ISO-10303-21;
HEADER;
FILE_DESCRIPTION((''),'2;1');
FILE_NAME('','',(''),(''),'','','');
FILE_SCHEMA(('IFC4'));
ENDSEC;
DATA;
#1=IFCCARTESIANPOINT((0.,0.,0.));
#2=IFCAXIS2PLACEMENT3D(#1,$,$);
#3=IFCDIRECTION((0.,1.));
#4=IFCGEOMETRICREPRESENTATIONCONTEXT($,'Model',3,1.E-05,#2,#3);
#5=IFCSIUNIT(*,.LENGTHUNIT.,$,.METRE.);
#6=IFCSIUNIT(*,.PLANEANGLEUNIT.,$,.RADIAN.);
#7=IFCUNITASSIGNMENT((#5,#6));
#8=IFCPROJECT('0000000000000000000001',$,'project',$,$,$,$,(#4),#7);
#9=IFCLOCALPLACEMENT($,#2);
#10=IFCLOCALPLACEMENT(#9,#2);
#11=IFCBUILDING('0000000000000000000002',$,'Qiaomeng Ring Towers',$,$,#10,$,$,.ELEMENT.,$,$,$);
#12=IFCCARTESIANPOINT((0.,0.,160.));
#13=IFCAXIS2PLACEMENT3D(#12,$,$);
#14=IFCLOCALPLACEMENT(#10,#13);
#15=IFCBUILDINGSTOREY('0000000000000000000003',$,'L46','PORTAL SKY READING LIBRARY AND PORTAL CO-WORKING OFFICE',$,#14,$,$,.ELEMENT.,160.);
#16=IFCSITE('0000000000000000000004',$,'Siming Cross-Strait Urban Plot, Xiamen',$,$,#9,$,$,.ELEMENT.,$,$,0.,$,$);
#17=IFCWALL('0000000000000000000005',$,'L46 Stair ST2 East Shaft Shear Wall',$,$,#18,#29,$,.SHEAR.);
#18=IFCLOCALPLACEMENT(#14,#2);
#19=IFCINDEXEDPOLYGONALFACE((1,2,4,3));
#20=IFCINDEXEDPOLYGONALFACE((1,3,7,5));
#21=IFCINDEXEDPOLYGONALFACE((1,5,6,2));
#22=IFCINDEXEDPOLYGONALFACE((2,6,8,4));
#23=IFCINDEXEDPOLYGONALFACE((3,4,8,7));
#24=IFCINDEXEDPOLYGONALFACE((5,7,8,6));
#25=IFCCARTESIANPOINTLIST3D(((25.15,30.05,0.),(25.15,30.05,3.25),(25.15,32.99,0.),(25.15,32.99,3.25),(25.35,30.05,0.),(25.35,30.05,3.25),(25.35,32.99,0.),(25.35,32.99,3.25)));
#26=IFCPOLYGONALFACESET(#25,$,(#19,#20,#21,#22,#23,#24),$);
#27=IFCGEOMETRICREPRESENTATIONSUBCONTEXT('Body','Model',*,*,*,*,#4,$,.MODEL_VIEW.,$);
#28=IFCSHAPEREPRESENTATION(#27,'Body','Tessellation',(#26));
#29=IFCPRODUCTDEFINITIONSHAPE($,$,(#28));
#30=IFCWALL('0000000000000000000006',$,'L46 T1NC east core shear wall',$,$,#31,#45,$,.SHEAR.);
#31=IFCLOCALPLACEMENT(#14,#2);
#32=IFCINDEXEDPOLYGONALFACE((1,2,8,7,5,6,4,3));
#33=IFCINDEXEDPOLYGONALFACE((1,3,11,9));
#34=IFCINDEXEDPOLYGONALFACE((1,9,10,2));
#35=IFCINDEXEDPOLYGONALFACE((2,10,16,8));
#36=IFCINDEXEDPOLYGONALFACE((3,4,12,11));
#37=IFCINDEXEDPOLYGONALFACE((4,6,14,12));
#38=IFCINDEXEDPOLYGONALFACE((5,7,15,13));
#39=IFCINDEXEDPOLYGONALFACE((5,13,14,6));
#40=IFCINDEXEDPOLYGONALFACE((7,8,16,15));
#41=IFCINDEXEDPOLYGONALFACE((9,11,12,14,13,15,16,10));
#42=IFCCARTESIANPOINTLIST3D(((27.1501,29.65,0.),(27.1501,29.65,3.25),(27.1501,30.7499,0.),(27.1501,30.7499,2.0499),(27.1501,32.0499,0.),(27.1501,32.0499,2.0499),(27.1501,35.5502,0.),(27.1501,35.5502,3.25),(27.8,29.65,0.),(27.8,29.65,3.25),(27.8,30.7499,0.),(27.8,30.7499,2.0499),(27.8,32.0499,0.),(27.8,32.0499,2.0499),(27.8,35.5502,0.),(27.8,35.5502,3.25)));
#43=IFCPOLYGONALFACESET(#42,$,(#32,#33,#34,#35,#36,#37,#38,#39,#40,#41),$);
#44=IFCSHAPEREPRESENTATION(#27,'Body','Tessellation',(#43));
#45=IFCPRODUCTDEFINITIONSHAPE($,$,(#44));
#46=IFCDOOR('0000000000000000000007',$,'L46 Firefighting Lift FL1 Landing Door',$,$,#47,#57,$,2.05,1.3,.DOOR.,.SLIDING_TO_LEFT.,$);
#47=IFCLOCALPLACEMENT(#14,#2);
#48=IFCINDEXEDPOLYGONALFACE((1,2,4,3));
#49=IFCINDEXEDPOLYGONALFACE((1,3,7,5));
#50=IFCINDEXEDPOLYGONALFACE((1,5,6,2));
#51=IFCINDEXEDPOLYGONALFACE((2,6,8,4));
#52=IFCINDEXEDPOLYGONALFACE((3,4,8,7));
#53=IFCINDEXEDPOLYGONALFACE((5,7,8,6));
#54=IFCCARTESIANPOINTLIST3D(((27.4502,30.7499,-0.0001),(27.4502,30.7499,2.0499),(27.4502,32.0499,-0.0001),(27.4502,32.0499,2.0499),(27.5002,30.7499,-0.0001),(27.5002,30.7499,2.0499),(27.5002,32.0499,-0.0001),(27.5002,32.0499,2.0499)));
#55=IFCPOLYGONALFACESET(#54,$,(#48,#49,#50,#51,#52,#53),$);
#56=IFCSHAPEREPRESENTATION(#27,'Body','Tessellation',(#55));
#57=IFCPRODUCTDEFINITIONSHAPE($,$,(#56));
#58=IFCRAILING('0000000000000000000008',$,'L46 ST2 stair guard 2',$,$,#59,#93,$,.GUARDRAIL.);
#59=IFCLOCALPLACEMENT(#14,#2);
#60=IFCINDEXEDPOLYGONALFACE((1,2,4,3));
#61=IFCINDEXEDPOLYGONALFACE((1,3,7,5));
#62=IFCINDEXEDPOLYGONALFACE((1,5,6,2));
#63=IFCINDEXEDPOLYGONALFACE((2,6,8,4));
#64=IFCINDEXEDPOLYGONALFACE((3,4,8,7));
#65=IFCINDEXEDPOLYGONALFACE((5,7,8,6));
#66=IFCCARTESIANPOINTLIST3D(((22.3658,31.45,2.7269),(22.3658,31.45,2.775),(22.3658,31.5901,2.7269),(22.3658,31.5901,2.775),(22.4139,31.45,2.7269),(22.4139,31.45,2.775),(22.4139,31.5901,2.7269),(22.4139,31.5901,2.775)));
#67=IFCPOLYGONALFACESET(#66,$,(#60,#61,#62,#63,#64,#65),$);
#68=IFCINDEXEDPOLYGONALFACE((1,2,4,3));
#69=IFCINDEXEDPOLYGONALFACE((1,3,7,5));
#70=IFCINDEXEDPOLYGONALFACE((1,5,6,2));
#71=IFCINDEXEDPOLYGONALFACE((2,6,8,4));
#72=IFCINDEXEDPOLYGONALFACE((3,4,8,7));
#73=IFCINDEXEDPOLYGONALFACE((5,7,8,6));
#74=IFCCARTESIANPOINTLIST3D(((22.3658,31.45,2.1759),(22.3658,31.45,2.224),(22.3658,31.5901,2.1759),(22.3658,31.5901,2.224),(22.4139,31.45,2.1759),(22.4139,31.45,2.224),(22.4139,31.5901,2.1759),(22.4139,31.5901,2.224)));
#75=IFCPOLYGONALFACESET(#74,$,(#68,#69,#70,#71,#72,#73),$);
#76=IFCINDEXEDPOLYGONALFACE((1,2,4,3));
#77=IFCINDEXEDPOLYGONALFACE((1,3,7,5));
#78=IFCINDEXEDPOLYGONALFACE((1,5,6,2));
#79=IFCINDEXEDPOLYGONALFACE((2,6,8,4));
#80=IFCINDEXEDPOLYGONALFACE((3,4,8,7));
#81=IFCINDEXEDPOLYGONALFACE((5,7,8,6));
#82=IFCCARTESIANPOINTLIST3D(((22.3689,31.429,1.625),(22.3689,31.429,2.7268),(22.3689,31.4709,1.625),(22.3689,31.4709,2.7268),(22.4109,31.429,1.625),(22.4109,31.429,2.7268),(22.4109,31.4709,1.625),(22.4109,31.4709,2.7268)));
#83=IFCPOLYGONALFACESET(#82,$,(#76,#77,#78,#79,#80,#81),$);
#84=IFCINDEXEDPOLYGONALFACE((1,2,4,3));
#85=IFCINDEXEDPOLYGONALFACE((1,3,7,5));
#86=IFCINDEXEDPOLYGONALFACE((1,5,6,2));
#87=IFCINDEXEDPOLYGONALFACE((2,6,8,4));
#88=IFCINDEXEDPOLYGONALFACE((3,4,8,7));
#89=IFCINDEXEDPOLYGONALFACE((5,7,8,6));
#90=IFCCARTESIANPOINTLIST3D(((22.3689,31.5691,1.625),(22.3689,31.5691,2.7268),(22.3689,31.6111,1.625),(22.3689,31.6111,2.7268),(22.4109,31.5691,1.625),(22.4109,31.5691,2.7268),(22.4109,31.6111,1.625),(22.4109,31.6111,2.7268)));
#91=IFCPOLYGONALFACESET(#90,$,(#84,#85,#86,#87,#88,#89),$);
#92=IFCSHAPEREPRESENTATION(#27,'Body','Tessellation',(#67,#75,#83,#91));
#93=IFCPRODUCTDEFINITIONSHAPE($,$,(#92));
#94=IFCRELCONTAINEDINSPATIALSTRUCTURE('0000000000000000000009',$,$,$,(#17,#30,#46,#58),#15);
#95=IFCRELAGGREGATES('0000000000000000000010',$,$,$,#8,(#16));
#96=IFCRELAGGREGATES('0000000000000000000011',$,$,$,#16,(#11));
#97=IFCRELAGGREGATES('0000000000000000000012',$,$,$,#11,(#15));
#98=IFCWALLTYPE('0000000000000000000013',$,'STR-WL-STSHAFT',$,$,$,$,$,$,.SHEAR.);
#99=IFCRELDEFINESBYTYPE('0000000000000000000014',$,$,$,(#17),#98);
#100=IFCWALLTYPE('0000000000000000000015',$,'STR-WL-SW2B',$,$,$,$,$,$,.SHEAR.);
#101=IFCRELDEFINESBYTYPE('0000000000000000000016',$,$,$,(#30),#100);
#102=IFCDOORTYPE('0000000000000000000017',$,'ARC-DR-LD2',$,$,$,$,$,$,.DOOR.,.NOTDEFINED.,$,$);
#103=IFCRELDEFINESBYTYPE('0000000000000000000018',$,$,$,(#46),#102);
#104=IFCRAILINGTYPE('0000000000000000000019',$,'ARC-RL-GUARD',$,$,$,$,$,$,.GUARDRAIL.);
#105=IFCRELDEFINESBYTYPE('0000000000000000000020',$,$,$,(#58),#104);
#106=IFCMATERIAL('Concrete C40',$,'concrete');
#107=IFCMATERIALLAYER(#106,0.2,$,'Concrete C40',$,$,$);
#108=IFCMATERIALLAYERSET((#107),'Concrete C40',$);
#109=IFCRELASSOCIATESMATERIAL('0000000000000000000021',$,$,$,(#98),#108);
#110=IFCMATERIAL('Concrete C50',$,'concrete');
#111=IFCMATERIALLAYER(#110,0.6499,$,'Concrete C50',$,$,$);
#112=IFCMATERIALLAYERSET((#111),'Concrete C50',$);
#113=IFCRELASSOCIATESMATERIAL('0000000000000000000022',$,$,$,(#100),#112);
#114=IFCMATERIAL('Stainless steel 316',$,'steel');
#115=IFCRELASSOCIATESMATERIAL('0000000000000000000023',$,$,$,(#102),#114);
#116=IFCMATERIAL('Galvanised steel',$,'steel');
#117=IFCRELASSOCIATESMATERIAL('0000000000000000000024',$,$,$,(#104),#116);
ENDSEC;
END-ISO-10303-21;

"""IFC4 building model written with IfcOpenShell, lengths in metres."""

from ifc_helpers import new_model, si_unit, direction, frame, frame_2d, origin, origin_2d, place, context, subcontext, project, spatial, rectangle, extrude, source, transform, mapped, material, layer, layer_set, type_object, element, fill, save


model = new_model("IFC4")

# Units and contexts
model_context = context("Model", 3, precision=1e-05, world=origin(), true_north=direction((0.0, 1.0)))
body_context = subcontext(model_context, "Body", "Model", "MODEL_VIEW")
ifc_project = project(units=[si_unit("LENGTHUNIT", "METRE"), si_unit("PLANEANGLEUNIT", "RADIAN")], contexts=[model_context])

# Site, building, storey
site_placement = place(None, origin())
site = spatial("IfcSite", under=ifc_project, at=site_placement, Name="Siming Cross-Strait Urban Plot, Xiamen", CompositionType="ELEMENT", RefElevation=0.0)
building_placement = place(site_placement, origin())
building = spatial("IfcBuilding", under=site, at=building_placement, Name="Qiaomeng Ring Towers", CompositionType="ELEMENT")
storey_placement = place(building_placement, frame((0.0, 0.0, 160.0)))
storey = spatial("IfcBuildingStorey", under=building, at=storey_placement, Name="L46", Description="PORTAL SKY READING LIBRARY AND PORTAL CO-WORKING OFFICE", CompositionType="ELEMENT", Elevation=160.0)

# Shared definitions
ifc_material_1 = material(Name="Galvanised steel", Category="steel")

# Wall
ifc_material_2 = material(Name="Concrete C40", Category="concrete")
ifc_layer_1 = layer(ifc_material_2, 0.2, Name="Concrete C40")
ifc_layer_set_1 = layer_set([ifc_layer_1], Name="Concrete C40")
wall_type_1 = type_object("IfcWallType", Name="STR-WL-STSHAFT", PredefinedType="SHEAR", material=ifc_layer_set_1)
wall_1_placement = place(storey_placement, frame((25.25, 30.05, 0.0), z_axis=(0.0, 0.0, 1.0), x_axis=(0.0, 1.0, 0.0)))
element("IfcWall", 1, at=wall_1_placement, inside=storey, type_object=wall_type_1, Name="L46 Stair ST2 East Shaft Shear Wall", PredefinedType="SHEAR", context=body_context, shape_type="SweptSolid", body=[
    extrude(rectangle(XDim=2.9399, YDim=0.2, at=frame_2d((1.47, 0.0))), origin(), (0.0, 0.0, 1.0), 3.25),
])

# Wall, opening, door
ifc_material_3 = material(Name="Concrete C50", Category="concrete")
ifc_layer_2 = layer(ifc_material_3, 0.6499, Name="Concrete C50")
ifc_layer_set_2 = layer_set([ifc_layer_2], Name="Concrete C50")
wall_type_2 = type_object("IfcWallType", Name="STR-WL-SW2B", PredefinedType="SHEAR", material=ifc_layer_set_2)
wall_2_placement = place(storey_placement, frame((27.4751, 29.6499, 0.0), z_axis=(0.0, 0.0, 1.0), x_axis=(0.0, 1.0, 0.0)))
wall_2 = element("IfcWall", 2, at=wall_2_placement, inside=storey, type_object=wall_type_2, Name="L46 T1NC east core shear wall", PredefinedType="SHEAR", context=body_context, shape_type="SweptSolid", body=[
    extrude(rectangle(XDim=5.9001, YDim=0.6499, at=frame_2d((2.9502, 0.0))), origin(), (0.0, 0.0, 1.0), 3.25),
])
opening_1_placement = place(wall_2_placement, frame((1.1001, 0.0, 0.0)))
opening_1 = element("IfcOpeningElement", 3, at=opening_1_placement, cuts=wall_2, PredefinedType="OPENING", context=body_context, shape_type="SweptSolid", body=[
    extrude(rectangle(XDim=1.3, YDim=2.05, at=frame_2d((0.6499, 1.0249))), frame((0.0, 0.335, 0.0), z_axis=(0.0, -1.0, 0.0), x_axis=(1.0, 0.0, 0.0)), (0.0, 0.0, 1.0), 0.6699),
])
ifc_material_4 = material(Name="Stainless steel 316", Category="steel")
door_type_1 = type_object("IfcDoorType", Name="ARC-DR-LD2", OperationType="NOTDEFINED", PredefinedType="DOOR", material=ifc_material_4)
shared_shape_1 = source(origin(), body_context, "Body", "SweptSolid", [
    extrude(rectangle(XDim=1.3, YDim=2.05, at=frame_2d((0.6499, 1.0249))), frame((0.0, 0.0249, 0.0), z_axis=(0.0, -1.0, 0.0), x_axis=(1.0, 0.0, 0.0)), (0.0, 0.0, 1.0), 0.05),
])
door_1_placement = place(opening_1_placement, origin())
door_1 = element("IfcDoor", 4, at=door_1_placement, inside=storey, type_object=door_type_1, Name="L46 Firefighting Lift FL1 Landing Door", OperationType="SLIDING_TO_LEFT", OverallHeight=2.05, OverallWidth=1.3, PredefinedType="DOOR", context=body_context, shape_type="MappedRepresentation", body=[
    mapped(shared_shape_1, transform((0.0, 0.0, 0.0), x_axis=(1.0, 0.0, 0.0), y_axis=(0.0, 1.0, 0.0), z_axis=(0.0, 0.0, 1.0), scale=1.0)),
])
fill(opening_1, door_1)

# Railing
railing_type = type_object("IfcRailingType", Name="ARC-RL-GUARD", PredefinedType="GUARDRAIL", material=ifc_material_1)
railing_placement = place(storey_placement, frame((22.3899, 31.45, 1.625)))
element("IfcRailing", 5, at=railing_placement, inside=storey, type_object=railing_type, Name="L46 ST2 stair guard 2", PredefinedType="GUARDRAIL", context=body_context, shape_type="SweptSolid", body=[
    extrude(rectangle(XDim=0.0481, YDim=0.0481, at=origin_2d()), frame((0.0, 0.0, 1.126), z_axis=(0.0, 1.0, 0.0), x_axis=(-1.0, 0.0, 0.0)), (0.0, 0.0, 1.0), 0.1401),
    extrude(rectangle(XDim=0.0481, YDim=0.0481, at=origin_2d()), frame((0.0, 0.0, 0.575), z_axis=(0.0, 1.0, 0.0), x_axis=(-1.0, 0.0, 0.0)), (0.0, 0.0, 1.0), 0.1401),
    extrude(rectangle(XDim=0.042, YDim=0.042, at=origin_2d()), origin(), (0.0, 0.0, 1.0), 1.1018),
    extrude(rectangle(XDim=0.042, YDim=0.042, at=origin_2d()), frame((0.0, 0.1401, 0.0)), (0.0, 0.0, 1.0), 1.1018),
])

save(model, "model.ifc")
